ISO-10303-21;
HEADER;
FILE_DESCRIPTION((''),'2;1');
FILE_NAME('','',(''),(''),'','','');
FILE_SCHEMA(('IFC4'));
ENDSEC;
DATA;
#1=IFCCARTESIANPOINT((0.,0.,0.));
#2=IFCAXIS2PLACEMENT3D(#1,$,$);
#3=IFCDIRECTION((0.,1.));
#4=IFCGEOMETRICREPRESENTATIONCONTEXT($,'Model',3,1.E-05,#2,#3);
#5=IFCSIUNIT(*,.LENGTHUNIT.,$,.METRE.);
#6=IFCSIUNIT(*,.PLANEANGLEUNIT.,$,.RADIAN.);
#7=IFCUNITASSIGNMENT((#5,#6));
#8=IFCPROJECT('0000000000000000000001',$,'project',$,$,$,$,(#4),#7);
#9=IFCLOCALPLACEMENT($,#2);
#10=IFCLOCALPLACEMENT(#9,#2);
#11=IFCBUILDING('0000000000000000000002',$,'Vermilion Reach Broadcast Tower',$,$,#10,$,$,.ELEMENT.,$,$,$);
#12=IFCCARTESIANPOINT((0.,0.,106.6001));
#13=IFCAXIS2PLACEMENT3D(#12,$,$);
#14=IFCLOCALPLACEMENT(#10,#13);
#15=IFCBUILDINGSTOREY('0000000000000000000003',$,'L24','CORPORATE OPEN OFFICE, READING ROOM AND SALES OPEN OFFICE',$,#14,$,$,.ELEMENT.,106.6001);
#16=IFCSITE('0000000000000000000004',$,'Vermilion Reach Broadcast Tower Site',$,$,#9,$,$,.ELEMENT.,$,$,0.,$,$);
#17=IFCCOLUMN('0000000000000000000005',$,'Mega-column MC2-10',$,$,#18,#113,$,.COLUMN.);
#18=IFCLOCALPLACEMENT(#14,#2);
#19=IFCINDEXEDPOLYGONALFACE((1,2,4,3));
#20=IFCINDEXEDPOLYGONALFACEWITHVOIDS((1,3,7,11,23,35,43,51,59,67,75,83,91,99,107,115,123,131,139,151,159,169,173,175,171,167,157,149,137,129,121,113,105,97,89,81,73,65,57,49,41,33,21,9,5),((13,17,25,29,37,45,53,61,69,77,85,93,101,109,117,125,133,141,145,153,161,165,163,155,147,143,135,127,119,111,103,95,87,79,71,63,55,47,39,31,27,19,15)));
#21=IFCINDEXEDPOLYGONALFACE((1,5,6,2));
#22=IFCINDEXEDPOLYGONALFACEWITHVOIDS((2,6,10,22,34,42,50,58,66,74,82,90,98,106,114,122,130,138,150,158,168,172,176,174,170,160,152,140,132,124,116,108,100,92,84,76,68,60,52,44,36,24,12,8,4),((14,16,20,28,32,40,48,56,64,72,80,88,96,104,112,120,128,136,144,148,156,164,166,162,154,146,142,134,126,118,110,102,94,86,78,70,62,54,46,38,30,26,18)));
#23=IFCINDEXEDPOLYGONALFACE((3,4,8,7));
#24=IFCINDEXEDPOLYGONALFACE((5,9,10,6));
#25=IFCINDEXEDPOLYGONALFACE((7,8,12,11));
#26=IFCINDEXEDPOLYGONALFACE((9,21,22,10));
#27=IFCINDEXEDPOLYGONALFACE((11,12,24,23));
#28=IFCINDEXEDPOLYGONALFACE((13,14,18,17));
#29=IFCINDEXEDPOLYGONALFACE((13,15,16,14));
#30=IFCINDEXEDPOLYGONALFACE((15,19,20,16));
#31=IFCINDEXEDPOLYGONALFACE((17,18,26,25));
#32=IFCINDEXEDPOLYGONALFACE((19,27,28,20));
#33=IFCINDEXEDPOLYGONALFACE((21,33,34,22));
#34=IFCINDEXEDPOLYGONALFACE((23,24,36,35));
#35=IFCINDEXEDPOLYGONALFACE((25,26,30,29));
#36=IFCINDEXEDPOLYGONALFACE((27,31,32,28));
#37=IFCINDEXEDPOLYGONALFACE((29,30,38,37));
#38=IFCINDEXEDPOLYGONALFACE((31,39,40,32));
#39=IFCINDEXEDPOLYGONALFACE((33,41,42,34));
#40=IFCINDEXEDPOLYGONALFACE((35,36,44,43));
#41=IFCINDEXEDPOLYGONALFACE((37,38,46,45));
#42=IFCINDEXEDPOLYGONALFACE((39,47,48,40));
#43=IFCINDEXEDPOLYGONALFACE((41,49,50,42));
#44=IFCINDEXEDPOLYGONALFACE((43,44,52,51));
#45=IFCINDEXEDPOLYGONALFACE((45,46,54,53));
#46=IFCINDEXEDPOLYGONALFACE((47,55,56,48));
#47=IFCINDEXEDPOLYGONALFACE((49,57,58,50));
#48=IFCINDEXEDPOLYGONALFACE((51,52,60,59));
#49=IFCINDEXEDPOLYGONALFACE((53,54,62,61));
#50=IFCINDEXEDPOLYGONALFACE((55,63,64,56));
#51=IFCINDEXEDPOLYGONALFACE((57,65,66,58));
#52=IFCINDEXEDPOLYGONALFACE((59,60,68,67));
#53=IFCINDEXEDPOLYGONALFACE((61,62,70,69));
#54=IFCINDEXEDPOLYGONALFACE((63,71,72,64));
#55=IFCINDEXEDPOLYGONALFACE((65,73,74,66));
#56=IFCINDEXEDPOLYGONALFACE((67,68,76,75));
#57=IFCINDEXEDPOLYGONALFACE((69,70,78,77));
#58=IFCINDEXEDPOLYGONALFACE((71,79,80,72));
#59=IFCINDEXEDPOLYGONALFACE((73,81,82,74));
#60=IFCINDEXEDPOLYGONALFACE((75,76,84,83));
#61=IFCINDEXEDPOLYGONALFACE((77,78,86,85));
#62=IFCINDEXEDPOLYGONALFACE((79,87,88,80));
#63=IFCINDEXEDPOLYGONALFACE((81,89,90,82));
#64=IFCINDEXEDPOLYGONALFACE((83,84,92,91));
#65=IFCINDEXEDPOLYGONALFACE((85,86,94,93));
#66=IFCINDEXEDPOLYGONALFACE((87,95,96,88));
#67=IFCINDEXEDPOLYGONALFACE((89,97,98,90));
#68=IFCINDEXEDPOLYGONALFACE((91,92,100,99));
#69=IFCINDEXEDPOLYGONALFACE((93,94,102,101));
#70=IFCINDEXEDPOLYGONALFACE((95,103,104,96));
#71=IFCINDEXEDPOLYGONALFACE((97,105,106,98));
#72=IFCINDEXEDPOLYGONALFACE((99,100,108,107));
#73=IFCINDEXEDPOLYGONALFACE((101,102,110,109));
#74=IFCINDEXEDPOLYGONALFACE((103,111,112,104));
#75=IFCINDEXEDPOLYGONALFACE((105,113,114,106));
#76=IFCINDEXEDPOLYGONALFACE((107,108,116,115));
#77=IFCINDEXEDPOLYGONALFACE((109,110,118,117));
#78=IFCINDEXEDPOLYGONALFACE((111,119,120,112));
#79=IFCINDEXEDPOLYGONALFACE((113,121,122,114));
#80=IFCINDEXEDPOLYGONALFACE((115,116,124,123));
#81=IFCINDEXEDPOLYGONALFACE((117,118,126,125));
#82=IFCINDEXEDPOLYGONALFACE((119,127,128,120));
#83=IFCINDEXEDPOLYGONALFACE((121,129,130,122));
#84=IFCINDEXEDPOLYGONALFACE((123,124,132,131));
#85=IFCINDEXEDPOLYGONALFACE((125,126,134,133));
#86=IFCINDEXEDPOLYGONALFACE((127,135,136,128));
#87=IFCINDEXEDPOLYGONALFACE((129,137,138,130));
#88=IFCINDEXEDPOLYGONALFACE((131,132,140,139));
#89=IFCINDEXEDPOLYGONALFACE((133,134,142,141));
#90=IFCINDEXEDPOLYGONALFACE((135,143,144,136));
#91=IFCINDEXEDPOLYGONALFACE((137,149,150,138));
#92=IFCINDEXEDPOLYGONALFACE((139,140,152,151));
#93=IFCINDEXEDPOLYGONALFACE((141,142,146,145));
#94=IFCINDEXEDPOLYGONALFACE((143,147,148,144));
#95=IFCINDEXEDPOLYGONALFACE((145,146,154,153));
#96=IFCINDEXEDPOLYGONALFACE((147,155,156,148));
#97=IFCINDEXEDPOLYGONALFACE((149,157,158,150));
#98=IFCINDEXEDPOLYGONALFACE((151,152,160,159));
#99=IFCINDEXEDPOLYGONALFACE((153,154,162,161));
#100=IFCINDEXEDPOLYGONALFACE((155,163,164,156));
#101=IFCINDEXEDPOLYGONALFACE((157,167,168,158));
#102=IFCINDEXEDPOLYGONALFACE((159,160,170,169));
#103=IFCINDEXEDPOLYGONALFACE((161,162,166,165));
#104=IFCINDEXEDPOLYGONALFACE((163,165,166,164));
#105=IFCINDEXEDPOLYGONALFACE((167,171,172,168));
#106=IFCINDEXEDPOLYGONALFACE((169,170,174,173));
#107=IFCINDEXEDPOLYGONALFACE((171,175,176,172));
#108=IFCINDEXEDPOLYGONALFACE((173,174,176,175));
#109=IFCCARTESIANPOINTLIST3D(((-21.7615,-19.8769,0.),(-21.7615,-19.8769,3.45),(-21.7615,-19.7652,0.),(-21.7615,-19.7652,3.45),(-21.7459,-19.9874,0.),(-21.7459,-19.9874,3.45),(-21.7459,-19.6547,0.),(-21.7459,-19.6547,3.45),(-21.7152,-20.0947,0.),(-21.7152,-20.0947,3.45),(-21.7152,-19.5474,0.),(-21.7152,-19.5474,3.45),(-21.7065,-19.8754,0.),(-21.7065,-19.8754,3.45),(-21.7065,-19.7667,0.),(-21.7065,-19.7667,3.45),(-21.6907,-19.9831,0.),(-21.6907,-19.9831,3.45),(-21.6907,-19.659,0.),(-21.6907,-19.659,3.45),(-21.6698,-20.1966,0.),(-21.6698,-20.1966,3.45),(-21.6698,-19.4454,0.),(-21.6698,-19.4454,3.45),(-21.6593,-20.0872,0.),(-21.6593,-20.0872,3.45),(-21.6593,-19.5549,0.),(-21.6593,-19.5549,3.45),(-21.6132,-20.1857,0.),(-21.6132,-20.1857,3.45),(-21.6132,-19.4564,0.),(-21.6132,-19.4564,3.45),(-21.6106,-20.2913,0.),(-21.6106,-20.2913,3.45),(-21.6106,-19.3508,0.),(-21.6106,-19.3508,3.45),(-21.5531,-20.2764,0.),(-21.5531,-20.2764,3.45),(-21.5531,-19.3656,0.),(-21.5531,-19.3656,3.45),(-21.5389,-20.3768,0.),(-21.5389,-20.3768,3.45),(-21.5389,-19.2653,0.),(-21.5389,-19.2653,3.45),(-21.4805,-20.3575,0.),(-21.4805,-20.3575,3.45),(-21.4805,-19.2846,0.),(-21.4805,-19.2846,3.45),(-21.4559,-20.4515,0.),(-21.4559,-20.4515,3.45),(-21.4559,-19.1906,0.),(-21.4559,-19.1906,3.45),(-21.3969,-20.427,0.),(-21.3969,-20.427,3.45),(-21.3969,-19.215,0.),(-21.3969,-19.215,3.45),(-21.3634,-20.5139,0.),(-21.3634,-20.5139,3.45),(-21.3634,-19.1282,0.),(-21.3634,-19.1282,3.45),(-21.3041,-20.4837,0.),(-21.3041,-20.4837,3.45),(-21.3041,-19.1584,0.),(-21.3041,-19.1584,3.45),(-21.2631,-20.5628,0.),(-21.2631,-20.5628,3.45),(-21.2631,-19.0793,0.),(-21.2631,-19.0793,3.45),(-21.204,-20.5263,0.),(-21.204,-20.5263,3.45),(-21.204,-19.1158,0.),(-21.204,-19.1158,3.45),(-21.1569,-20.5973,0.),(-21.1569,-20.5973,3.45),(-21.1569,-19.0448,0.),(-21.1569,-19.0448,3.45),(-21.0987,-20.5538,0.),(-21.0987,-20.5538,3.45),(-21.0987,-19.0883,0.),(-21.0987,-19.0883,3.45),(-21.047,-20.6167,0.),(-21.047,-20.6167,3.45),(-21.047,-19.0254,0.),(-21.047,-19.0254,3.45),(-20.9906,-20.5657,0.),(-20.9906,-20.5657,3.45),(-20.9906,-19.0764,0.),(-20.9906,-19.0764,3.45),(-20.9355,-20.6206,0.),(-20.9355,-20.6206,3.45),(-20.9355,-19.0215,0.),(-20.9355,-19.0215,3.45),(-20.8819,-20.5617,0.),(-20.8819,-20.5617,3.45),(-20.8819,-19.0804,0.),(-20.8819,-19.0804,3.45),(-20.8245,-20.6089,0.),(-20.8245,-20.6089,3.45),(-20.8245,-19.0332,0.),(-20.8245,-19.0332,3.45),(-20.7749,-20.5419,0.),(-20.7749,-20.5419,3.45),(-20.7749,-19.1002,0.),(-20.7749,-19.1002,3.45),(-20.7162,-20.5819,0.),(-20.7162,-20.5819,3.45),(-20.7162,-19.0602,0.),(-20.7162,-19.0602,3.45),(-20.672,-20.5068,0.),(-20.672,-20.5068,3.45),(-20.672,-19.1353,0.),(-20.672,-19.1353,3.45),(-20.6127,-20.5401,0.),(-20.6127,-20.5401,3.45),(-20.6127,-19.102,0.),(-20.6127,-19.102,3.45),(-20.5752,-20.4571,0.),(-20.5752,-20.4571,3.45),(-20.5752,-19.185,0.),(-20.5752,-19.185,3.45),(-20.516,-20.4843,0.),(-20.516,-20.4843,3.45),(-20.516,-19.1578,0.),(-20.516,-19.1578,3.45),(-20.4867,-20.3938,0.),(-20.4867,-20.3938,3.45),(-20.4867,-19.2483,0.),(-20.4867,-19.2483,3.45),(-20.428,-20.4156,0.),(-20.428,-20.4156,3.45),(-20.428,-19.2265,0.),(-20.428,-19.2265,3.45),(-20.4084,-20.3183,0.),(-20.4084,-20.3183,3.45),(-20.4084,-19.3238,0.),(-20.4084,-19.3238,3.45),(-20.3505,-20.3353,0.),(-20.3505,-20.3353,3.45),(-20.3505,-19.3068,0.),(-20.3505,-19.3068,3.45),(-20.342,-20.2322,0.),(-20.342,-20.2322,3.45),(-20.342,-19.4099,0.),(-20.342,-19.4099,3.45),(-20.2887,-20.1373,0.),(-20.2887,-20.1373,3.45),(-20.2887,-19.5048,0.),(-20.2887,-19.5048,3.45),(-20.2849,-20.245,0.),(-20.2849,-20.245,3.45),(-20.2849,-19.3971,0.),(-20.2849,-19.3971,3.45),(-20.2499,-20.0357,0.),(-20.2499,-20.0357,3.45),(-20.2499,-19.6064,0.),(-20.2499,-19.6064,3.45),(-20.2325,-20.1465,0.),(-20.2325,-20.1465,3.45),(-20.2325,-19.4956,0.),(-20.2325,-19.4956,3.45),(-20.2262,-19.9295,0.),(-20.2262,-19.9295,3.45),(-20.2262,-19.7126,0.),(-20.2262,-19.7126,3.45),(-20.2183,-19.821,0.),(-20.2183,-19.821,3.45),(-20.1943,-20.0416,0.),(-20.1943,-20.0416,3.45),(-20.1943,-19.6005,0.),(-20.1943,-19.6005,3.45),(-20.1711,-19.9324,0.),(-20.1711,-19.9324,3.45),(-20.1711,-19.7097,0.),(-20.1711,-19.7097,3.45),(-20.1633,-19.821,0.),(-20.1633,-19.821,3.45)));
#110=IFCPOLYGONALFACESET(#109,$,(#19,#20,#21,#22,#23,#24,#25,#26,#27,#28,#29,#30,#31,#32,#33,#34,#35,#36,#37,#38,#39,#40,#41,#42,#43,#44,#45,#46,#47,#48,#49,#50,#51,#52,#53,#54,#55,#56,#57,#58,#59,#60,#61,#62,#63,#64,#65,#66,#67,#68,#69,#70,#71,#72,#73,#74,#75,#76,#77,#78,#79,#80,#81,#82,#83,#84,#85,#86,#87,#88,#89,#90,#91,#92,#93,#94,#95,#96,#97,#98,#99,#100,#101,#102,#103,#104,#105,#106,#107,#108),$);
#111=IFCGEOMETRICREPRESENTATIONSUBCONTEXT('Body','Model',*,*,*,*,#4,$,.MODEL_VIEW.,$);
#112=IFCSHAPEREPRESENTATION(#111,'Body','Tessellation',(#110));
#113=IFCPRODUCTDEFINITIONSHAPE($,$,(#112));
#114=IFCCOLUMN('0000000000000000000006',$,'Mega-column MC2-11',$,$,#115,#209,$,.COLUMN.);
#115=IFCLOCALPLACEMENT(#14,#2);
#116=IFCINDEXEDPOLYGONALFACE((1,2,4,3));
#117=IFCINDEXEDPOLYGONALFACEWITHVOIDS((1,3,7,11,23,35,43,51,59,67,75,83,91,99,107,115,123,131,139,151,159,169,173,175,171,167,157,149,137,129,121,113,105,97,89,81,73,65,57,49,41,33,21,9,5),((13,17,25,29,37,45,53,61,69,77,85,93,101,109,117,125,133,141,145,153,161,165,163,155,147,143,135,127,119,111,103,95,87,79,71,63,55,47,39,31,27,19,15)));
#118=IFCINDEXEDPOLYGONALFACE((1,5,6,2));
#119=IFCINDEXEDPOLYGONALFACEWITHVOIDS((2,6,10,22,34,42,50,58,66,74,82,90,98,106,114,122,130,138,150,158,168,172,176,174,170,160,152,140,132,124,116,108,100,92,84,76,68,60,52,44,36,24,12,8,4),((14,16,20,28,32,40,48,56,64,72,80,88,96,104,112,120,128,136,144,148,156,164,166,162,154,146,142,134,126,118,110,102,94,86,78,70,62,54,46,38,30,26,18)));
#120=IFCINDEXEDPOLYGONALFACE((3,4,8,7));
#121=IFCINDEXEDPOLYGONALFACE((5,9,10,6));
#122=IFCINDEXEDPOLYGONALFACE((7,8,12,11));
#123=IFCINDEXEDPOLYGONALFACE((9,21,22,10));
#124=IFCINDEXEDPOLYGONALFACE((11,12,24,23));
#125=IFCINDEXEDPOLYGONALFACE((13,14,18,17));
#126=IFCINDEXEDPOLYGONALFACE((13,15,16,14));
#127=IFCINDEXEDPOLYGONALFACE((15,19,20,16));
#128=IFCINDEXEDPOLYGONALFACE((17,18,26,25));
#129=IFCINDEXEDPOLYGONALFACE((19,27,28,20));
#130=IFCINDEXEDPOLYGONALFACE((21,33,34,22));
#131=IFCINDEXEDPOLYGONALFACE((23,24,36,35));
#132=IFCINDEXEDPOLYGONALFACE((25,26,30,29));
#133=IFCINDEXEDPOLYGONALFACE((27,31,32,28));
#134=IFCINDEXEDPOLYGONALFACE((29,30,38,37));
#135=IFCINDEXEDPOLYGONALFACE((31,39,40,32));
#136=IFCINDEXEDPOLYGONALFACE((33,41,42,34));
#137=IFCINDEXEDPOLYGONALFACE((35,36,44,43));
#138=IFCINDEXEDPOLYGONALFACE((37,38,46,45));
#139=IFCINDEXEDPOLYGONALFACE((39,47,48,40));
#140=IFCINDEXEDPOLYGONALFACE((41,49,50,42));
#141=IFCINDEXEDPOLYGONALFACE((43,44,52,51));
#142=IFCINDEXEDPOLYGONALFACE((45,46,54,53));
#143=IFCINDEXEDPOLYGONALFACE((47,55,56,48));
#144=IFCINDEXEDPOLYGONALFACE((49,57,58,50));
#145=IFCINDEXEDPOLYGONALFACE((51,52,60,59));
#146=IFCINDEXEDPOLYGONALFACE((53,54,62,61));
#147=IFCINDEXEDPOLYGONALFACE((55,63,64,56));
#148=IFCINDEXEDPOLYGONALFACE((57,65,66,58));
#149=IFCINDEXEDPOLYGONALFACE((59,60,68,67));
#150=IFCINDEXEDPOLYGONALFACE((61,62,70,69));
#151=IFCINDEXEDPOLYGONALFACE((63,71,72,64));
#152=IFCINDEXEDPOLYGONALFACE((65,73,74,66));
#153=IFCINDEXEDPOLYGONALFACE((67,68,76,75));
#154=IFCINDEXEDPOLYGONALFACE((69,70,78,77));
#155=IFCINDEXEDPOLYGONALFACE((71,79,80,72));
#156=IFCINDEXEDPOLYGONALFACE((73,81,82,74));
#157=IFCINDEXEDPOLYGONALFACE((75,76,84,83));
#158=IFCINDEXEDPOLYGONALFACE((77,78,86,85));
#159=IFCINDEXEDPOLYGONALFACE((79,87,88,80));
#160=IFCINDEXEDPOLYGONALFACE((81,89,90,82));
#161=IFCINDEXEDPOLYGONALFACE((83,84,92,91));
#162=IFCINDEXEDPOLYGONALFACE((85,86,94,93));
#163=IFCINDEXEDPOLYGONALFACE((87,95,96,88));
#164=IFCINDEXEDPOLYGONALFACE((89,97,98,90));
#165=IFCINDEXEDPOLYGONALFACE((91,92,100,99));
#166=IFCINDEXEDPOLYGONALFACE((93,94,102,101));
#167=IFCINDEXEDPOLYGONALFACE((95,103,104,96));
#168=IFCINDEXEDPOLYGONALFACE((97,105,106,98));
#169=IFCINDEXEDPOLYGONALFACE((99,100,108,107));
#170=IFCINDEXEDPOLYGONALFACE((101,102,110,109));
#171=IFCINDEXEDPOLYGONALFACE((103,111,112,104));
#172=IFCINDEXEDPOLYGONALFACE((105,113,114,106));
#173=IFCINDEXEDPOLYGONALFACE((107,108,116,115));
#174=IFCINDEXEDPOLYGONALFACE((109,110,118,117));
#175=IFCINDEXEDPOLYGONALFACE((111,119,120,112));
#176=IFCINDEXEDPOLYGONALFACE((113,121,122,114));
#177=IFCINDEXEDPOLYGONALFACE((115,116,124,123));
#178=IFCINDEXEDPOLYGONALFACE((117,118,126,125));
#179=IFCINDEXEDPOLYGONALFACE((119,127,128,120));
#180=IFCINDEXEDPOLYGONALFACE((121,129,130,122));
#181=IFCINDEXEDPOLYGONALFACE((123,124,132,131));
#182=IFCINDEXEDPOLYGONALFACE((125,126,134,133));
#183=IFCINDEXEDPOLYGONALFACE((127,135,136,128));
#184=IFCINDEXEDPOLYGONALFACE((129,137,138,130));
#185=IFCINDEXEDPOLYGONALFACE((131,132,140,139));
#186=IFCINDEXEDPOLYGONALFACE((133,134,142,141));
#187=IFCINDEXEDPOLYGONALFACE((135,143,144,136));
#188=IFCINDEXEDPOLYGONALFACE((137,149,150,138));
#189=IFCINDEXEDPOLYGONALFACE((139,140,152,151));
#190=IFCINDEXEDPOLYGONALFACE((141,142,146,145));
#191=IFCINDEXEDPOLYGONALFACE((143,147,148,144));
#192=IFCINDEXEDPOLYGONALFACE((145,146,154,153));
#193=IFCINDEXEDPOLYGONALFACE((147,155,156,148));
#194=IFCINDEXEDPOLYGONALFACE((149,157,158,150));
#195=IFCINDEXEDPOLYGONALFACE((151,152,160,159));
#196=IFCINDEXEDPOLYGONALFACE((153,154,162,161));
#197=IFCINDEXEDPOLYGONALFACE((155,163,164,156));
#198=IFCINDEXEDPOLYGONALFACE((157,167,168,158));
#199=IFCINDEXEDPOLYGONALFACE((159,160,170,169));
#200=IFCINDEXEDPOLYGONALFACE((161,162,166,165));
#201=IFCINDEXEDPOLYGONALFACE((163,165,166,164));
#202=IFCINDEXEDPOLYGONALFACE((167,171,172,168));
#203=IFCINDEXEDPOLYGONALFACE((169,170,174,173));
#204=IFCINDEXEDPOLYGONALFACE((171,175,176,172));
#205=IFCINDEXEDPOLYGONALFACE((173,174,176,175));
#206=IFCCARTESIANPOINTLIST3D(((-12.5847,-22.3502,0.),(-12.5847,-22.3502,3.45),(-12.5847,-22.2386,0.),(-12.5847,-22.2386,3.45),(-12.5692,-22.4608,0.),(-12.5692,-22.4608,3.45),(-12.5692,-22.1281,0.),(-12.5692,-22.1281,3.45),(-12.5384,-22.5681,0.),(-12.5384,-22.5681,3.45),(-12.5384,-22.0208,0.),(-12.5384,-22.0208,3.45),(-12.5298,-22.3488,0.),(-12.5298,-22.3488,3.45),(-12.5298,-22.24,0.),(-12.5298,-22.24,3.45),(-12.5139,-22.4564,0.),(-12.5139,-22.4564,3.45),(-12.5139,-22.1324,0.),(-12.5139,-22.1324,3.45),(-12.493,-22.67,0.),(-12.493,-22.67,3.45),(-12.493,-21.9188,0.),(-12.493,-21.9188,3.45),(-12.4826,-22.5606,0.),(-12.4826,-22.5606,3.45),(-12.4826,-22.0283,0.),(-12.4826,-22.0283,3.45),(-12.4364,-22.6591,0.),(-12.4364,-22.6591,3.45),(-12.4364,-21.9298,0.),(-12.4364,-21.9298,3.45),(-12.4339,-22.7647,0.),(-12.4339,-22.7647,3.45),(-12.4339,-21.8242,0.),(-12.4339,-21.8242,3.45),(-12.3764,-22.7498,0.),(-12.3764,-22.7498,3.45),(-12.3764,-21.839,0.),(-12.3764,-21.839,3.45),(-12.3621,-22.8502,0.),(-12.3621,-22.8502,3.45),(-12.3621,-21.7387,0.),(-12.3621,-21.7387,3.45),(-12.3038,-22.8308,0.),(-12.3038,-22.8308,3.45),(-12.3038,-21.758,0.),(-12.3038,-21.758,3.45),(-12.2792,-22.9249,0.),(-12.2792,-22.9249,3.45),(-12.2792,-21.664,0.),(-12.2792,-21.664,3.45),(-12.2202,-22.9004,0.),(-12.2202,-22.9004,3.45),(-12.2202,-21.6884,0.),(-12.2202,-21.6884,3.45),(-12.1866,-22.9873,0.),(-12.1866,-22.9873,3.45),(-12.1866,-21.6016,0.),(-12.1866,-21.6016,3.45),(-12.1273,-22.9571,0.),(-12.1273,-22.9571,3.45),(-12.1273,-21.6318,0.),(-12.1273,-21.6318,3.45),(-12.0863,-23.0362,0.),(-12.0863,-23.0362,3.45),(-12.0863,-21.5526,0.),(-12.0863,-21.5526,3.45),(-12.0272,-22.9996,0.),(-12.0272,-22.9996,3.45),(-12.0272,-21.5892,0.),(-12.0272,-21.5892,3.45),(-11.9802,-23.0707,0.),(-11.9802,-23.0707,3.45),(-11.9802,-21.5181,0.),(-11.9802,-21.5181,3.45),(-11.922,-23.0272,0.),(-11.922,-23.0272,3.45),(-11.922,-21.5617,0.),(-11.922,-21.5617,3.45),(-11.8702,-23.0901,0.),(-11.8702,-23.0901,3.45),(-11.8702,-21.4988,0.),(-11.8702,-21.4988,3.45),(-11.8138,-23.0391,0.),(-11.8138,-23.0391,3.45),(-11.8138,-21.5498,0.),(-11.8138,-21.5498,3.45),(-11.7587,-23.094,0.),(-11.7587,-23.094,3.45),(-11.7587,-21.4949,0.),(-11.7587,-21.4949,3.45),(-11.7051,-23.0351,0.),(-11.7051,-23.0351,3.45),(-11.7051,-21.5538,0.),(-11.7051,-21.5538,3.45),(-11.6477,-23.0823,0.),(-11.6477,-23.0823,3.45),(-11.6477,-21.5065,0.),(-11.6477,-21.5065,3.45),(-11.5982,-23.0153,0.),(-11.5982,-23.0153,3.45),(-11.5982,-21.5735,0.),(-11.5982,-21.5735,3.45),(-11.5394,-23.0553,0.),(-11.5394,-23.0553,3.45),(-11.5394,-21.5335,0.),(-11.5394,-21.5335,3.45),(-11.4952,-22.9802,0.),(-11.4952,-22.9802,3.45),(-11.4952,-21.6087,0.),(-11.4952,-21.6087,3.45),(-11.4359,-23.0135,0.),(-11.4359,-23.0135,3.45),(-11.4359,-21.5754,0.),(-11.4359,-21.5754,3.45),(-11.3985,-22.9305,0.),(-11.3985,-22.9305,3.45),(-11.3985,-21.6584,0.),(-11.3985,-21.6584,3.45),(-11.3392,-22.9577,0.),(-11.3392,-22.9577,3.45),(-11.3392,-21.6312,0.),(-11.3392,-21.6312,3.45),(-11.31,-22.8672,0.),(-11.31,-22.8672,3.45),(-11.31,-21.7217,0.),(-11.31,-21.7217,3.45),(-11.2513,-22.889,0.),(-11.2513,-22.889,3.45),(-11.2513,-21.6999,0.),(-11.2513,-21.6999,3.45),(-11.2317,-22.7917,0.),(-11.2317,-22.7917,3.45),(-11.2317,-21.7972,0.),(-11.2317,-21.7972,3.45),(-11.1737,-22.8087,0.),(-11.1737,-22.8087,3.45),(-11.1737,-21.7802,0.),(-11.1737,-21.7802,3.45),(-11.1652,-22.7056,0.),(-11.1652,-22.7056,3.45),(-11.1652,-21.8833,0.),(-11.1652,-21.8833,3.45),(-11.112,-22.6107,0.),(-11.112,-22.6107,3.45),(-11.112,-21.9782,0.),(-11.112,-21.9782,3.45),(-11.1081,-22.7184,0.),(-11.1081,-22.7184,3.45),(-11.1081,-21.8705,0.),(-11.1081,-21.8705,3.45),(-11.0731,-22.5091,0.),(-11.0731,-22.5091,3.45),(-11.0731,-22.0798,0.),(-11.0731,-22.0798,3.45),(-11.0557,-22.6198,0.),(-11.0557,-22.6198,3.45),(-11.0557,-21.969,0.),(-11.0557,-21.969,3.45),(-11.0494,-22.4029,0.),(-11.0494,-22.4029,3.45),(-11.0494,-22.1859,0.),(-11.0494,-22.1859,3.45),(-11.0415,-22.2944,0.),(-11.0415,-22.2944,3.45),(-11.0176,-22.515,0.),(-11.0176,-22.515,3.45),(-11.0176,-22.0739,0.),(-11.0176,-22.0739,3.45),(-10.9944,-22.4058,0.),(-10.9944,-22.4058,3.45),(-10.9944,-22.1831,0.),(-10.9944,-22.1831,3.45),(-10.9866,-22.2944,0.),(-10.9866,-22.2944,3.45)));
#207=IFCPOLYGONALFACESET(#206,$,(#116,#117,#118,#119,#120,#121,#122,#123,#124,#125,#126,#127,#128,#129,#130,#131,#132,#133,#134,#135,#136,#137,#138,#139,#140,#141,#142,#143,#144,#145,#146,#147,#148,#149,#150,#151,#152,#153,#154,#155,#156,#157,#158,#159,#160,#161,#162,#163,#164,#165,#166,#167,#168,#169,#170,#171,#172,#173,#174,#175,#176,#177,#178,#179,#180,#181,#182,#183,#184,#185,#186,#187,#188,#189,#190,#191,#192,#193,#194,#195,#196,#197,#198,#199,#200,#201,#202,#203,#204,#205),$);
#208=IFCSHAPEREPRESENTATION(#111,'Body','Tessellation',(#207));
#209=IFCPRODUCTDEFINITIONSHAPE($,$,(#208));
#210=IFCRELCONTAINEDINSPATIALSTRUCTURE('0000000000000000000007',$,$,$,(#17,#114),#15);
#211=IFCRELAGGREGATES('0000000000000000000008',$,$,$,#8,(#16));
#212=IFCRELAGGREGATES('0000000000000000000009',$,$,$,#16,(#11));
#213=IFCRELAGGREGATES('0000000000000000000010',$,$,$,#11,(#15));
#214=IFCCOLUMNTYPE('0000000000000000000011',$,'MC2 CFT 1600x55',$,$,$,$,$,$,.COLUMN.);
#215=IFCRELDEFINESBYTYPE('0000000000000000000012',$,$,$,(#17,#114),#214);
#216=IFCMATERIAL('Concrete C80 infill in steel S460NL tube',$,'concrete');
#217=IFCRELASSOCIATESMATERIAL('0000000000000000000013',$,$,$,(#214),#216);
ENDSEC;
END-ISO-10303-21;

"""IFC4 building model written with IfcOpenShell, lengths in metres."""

from ifc_helpers import new_model, si_unit, direction, frame, origin, origin_2d, place, context, subcontext, project, spatial, hollow_circle, extrude, material, material_profile, profile_set, type_object, element, save


model = new_model("IFC4")

# Units and contexts
model_context = context("Model", 3, precision=1e-05, world=origin(), true_north=direction((0.0, 1.0)))
body_context = subcontext(model_context, "Body", "Model", "MODEL_VIEW")
ifc_project = project(units=[si_unit("LENGTHUNIT", "METRE"), si_unit("PLANEANGLEUNIT", "RADIAN")], contexts=[model_context])

# Site, building, storey
site_placement = place(None, origin())
site = spatial("IfcSite", under=ifc_project, at=site_placement, Name="Vermilion Reach Broadcast Tower Site", CompositionType="ELEMENT", RefElevation=0.0)
building_placement = place(site_placement, origin())
building = spatial("IfcBuilding", under=site, at=building_placement, Name="Vermilion Reach Broadcast Tower", CompositionType="ELEMENT")
storey_placement = place(building_placement, frame((0.0, 0.0, 106.6001)))
storey = spatial("IfcBuildingStorey", under=building, at=storey_placement, Name="L24", Description="CORPORATE OPEN OFFICE, READING ROOM AND SALES OPEN OFFICE", CompositionType="ELEMENT", Elevation=106.6001)

# Columns
ifc_material_1 = material(Name="Concrete C80 infill in steel S460NL tube", Category="concrete")
ifc_material_profile_1 = material_profile(ifc_material_1, hollow_circle(Radius=0.8, WallThickness=0.0549, at=origin_2d()), Name="Concrete C80 infill in steel S460NL tube CFT 1600x55")
ifc_profile_set_1 = profile_set([ifc_material_profile_1], Name="Concrete C80 infill in steel S460NL tube")
column_type = type_object("IfcColumnType", Name="MC2 CFT 1600x55", PredefinedType="COLUMN", material=ifc_profile_set_1)
for number, where, z_axis, x_axis, name in (
    (1, (-20.9634, -19.821, 0.0), (0.0, 0.0, 1.0), (1.0, 0.0, 0.0), "Mega-column MC2-10"),
    (2, (-11.7866, -22.2944, 0.0), (0.0, 0.0, 1.0), (1.0, 0.0, 0.0), "Mega-column MC2-11"),
):
    element("IfcColumn", number, at=place(storey_placement, frame(where, z_axis=z_axis, x_axis=x_axis)), inside=storey, type_object=column_type, Name=name, PredefinedType="COLUMN", context=body_context, shape_type="SweptSolid", body=[
        extrude(hollow_circle(Radius=0.8, WallThickness=0.0549, at=origin_2d()), origin(), (0.0, 0.0, 1.0), 3.45),
    ])

save(model, "model.ifc")
